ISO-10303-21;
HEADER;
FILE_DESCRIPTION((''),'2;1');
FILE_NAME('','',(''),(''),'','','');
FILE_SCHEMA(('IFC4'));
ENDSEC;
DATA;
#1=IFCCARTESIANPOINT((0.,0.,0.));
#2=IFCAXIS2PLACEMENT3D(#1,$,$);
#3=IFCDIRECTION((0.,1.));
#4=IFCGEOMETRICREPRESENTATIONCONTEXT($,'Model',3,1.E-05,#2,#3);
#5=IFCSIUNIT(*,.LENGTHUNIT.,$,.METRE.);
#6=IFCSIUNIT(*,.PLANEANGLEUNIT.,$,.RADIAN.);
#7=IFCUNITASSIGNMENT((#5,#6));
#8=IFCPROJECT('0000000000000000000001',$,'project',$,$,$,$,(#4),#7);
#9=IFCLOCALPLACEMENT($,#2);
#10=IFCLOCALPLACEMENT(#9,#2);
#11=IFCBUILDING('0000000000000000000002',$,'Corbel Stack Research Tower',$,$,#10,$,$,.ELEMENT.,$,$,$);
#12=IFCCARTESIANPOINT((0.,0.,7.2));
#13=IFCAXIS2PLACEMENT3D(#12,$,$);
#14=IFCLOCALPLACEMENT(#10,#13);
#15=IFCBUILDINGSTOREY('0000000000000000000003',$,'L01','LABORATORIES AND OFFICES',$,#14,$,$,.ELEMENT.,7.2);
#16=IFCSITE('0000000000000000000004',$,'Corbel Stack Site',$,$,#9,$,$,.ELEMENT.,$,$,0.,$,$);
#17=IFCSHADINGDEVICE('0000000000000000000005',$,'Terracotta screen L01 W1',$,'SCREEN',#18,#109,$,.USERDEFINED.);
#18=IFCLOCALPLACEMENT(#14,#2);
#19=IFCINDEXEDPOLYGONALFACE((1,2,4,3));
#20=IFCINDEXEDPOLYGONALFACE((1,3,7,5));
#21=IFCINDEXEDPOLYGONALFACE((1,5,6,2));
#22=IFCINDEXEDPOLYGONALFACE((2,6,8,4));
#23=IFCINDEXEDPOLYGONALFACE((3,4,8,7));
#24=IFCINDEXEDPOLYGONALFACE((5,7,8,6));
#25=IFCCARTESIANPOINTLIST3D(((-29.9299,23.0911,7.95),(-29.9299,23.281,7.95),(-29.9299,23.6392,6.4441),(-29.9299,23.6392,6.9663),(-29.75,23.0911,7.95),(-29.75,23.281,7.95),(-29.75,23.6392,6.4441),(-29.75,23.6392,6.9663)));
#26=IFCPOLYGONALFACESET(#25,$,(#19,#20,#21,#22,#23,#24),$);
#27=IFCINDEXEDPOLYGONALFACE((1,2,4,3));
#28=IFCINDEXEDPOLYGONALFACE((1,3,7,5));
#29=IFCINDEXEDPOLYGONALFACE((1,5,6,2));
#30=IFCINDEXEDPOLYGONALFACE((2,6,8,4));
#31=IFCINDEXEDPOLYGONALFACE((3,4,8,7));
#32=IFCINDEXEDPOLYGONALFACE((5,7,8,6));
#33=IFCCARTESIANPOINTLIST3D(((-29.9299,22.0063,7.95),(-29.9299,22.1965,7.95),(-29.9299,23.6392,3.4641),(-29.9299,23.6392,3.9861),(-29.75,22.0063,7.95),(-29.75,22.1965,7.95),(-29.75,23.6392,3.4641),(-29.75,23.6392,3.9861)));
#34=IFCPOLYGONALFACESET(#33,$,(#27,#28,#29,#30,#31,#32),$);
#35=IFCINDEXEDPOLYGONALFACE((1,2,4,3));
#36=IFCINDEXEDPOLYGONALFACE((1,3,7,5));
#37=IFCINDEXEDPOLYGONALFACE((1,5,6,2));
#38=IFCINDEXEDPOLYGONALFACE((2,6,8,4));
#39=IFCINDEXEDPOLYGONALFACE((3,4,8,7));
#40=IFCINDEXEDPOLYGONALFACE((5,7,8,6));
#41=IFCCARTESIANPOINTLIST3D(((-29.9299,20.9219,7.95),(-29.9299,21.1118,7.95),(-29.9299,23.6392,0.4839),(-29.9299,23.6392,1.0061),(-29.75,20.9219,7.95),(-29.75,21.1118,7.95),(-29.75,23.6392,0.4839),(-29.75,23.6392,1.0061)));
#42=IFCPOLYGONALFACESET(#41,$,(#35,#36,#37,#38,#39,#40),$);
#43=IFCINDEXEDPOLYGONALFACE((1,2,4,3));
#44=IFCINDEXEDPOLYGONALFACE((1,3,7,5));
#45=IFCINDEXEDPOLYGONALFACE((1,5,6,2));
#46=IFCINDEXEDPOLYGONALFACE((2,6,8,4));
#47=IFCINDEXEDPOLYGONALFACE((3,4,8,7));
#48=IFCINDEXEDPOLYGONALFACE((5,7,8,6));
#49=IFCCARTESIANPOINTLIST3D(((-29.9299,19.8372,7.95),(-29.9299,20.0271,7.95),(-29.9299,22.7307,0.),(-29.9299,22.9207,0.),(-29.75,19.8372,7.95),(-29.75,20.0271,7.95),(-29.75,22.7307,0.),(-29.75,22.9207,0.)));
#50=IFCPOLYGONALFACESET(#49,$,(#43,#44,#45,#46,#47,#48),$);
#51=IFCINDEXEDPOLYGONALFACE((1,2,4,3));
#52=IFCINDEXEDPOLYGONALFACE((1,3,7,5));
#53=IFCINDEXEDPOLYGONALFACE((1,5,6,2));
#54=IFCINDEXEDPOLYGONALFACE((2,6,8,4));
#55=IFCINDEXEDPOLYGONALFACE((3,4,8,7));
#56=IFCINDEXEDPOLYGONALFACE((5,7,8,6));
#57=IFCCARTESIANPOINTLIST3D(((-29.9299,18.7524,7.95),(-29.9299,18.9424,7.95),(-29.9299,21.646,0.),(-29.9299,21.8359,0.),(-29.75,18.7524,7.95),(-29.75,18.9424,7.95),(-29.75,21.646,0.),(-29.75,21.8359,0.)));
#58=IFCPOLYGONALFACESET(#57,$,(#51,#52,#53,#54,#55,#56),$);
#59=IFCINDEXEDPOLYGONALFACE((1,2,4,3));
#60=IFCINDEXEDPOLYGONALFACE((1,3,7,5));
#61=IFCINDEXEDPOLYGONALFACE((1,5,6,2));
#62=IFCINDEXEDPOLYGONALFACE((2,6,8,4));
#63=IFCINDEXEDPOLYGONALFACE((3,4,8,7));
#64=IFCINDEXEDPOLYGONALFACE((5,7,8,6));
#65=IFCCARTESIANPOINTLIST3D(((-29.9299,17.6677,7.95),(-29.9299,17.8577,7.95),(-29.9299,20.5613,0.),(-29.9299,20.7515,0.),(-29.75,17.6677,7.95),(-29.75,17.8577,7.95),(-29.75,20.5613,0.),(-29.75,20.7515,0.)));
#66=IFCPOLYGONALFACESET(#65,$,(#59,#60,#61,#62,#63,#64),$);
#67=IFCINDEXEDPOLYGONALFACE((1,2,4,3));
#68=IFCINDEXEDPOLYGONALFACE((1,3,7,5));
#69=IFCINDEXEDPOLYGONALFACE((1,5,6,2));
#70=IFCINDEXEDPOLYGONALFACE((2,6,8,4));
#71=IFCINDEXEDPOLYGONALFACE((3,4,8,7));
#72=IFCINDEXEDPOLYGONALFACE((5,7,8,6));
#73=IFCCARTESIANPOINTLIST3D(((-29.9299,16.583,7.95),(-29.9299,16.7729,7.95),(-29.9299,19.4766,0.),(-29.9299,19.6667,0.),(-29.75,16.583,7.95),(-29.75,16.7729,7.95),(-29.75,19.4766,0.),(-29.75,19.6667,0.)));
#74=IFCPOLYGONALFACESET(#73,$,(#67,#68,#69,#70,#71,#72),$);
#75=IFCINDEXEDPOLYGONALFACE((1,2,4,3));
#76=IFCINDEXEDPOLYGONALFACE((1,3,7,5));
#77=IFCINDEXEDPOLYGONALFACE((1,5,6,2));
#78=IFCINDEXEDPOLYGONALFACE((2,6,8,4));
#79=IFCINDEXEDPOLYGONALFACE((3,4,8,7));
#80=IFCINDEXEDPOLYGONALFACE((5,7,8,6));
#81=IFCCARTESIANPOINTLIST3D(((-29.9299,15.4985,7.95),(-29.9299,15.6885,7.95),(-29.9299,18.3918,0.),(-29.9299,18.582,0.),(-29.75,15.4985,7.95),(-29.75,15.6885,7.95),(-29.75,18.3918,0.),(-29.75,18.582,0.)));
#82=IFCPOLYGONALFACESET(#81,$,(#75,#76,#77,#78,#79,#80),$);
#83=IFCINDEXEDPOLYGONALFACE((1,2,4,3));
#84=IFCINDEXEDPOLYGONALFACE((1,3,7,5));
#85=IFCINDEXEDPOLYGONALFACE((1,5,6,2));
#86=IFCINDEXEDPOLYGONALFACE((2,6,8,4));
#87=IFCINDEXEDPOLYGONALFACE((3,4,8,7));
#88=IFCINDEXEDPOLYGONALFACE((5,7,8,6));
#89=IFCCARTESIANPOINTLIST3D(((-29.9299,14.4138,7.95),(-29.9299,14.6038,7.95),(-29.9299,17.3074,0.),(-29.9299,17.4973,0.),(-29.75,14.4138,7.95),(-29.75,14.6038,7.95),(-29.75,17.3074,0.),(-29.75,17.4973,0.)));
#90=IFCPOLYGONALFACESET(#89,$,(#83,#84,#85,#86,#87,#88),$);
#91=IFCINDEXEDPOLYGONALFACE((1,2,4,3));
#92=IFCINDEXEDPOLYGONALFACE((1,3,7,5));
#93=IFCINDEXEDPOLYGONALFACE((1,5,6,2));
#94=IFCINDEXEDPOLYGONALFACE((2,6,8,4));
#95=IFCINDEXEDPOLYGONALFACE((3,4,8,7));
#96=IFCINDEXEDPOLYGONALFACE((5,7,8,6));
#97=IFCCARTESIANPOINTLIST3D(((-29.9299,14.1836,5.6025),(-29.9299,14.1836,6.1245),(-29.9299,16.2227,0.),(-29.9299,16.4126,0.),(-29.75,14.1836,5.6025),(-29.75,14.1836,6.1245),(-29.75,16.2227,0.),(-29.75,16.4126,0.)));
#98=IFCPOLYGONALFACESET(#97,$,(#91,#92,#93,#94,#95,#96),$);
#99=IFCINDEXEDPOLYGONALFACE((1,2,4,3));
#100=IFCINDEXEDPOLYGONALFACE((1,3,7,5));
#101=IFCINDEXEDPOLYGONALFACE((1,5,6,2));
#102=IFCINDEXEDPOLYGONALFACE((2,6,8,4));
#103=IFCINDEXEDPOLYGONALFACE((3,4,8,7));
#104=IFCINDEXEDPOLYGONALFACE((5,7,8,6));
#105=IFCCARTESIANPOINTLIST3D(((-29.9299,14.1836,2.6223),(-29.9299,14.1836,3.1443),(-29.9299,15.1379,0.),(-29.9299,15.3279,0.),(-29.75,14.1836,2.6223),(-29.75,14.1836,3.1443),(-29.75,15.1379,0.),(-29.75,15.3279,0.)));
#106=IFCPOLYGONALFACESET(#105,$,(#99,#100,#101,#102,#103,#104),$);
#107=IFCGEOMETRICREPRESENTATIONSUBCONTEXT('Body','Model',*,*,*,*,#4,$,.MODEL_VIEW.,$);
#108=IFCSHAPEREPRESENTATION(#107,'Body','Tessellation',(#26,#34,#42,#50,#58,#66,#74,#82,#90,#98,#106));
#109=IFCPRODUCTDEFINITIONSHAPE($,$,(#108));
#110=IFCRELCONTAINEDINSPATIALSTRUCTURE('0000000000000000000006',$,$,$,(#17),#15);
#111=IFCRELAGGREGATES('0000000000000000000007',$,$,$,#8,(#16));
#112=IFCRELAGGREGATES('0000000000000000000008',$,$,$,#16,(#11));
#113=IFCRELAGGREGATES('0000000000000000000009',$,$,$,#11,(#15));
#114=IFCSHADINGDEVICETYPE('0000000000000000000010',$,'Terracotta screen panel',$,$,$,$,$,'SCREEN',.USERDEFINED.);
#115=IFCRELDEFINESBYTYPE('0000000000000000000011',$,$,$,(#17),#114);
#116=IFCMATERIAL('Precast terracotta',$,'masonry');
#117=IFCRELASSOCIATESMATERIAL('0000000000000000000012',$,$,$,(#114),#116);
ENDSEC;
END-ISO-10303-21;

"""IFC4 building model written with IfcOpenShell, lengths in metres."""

from ifc_helpers import new_model, si_unit, direction, frame, origin, place, context, subcontext, project, spatial, polyline, outline, extrude, source, transform, mapped, material, type_object, element, save


model = new_model("IFC4")

# Units and contexts
model_context = context("Model", 3, precision=1e-05, world=origin(), true_north=direction((0.0, 1.0)))
body_context = subcontext(model_context, "Body", "Model", "MODEL_VIEW")
ifc_project = project(units=[si_unit("LENGTHUNIT", "METRE"), si_unit("PLANEANGLEUNIT", "RADIAN")], contexts=[model_context])

# Site, building, storey
site_placement = place(None, origin())
site = spatial("IfcSite", under=ifc_project, at=site_placement, Name="Corbel Stack Site", CompositionType="ELEMENT", RefElevation=0.0)
building_placement = place(site_placement, origin())
building = spatial("IfcBuilding", under=site, at=building_placement, Name="Corbel Stack Research Tower", CompositionType="ELEMENT")
storey_placement = place(building_placement, frame((0.0, 0.0, 7.2)))
storey = spatial("IfcBuildingStorey", under=building, at=storey_placement, Name="L01", Description="LABORATORIES AND OFFICES", CompositionType="ELEMENT", Elevation=7.2)

# Shading device
ifc_material_1 = material(Name="Precast terracotta", Category="masonry")
shading_device_type = type_object("IfcShadingDeviceType", Name="Terracotta screen panel", ElementType="SCREEN", PredefinedType="USERDEFINED", material=ifc_material_1)
shared_shape = source(origin(), body_context, "Body", "SweptSolid", [
    extrude(outline(polyline([(0.5481, 7.95), (0.3582, 7.95), (0.0, 6.9663), (0.0, 6.4441), (0.5481, 7.95)])), frame((0.0, 0.0, 0.0), z_axis=(0.0, -1.0, 0.0), x_axis=(1.0, 0.0, 0.0)), (0.0, 0.0, 1.0), 0.1799),
    extrude(outline(polyline([(1.6328, 7.95), (1.4426, 7.95), (0.0, 3.9861), (0.0, 3.4641), (1.6328, 7.95)])), frame((0.0, 0.0, 0.0), z_axis=(0.0, -1.0, 0.0), x_axis=(1.0, 0.0, 0.0)), (0.0, 0.0, 1.0), 0.1799),
    extrude(outline(polyline([(2.7173, 7.95), (2.5273, 7.95), (0.0, 1.0061), (0.0, 0.4839), (2.7173, 7.95)])), frame((0.0, 0.0, 0.0), z_axis=(0.0, -1.0, 0.0), x_axis=(1.0, 0.0, 0.0)), (0.0, 0.0, 1.0), 0.1799),
    extrude(outline(polyline([(0.9084, 0.0), (3.802, 7.95), (3.6121, 7.95), (0.7185, 0.0), (0.9084, 0.0)])), frame((0.0, 0.0, 0.0), z_axis=(0.0, -1.0, 0.0), x_axis=(1.0, 0.0, 0.0)), (0.0, 0.0, 1.0), 0.1799),
    extrude(outline(polyline([(1.9932, 0.0), (4.8867, 7.95), (4.6968, 7.95), (1.8032, 0.0), (1.9932, 0.0)])), frame((0.0, 0.0, 0.0), z_axis=(0.0, -1.0, 0.0), x_axis=(1.0, 0.0, 0.0)), (0.0, 0.0, 1.0), 0.1799),
    extrude(outline(polyline([(3.0779, 0.0), (5.9714, 7.95), (5.7815, 7.95), (2.8877, 0.0), (3.0779, 0.0)])), frame((0.0, 0.0, 0.0), z_axis=(0.0, -1.0, 0.0), x_axis=(1.0, 0.0, 0.0)), (0.0, 0.0, 1.0), 0.1799),
    extrude(outline(polyline([(4.1626, 0.0), (7.0562, 7.95), (6.8662, 7.95), (3.9724, 0.0), (4.1626, 0.0)])), frame((0.0, 0.0, 0.0), z_axis=(0.0, -1.0, 0.0), x_axis=(1.0, 0.0, 0.0)), (0.0, 0.0, 1.0), 0.1799),
    extrude(outline(polyline([(5.2473, 0.0), (8.1406, 7.95), (7.9507, 7.95), (5.0571, 0.0), (5.2473, 0.0)])), frame((0.0, 0.0, 0.0), z_axis=(0.0, -1.0, 0.0), x_axis=(1.0, 0.0, 0.0)), (0.0, 0.0, 1.0), 0.1799),
    extrude(outline(polyline([(6.3318, 0.0), (9.2253, 7.95), (9.0354, 7.95), (6.1418, 0.0), (6.3318, 0.0)])), frame((0.0, 0.0, 0.0), z_axis=(0.0, -1.0, 0.0), x_axis=(1.0, 0.0, 0.0)), (0.0, 0.0, 1.0), 0.1799),
    extrude(outline(polyline([(7.4165, 0.0), (9.4556, 5.6025), (9.4556, 6.1245), (7.2266, 0.0), (7.4165, 0.0)])), frame((0.0, 0.0, 0.0), z_axis=(0.0, -1.0, 0.0), x_axis=(1.0, 0.0, 0.0)), (0.0, 0.0, 1.0), 0.1799),
    extrude(outline(polyline([(8.5012, 0.0), (9.4556, 2.6223), (9.4556, 3.1443), (8.3113, 0.0), (8.5012, 0.0)])), frame((0.0, 0.0, 0.0), z_axis=(0.0, -1.0, 0.0), x_axis=(1.0, 0.0, 0.0)), (0.0, 0.0, 1.0), 0.1799),
])
shading_device_placement = place(storey_placement, frame((-29.75, 23.6392, 0.0), z_axis=(0.0, 0.0, 1.0), x_axis=(0.0, -1.0, 0.0)))
element("IfcShadingDevice", 1, at=shading_device_placement, inside=storey, type_object=shading_device_type, Name="Terracotta screen L01 W1", ObjectType="SCREEN", PredefinedType="USERDEFINED", context=body_context, shape_type="MappedRepresentation", body=[
    mapped(shared_shape, transform((0.0, 0.0, 0.0))),
])

save(model, "model.ifc")
